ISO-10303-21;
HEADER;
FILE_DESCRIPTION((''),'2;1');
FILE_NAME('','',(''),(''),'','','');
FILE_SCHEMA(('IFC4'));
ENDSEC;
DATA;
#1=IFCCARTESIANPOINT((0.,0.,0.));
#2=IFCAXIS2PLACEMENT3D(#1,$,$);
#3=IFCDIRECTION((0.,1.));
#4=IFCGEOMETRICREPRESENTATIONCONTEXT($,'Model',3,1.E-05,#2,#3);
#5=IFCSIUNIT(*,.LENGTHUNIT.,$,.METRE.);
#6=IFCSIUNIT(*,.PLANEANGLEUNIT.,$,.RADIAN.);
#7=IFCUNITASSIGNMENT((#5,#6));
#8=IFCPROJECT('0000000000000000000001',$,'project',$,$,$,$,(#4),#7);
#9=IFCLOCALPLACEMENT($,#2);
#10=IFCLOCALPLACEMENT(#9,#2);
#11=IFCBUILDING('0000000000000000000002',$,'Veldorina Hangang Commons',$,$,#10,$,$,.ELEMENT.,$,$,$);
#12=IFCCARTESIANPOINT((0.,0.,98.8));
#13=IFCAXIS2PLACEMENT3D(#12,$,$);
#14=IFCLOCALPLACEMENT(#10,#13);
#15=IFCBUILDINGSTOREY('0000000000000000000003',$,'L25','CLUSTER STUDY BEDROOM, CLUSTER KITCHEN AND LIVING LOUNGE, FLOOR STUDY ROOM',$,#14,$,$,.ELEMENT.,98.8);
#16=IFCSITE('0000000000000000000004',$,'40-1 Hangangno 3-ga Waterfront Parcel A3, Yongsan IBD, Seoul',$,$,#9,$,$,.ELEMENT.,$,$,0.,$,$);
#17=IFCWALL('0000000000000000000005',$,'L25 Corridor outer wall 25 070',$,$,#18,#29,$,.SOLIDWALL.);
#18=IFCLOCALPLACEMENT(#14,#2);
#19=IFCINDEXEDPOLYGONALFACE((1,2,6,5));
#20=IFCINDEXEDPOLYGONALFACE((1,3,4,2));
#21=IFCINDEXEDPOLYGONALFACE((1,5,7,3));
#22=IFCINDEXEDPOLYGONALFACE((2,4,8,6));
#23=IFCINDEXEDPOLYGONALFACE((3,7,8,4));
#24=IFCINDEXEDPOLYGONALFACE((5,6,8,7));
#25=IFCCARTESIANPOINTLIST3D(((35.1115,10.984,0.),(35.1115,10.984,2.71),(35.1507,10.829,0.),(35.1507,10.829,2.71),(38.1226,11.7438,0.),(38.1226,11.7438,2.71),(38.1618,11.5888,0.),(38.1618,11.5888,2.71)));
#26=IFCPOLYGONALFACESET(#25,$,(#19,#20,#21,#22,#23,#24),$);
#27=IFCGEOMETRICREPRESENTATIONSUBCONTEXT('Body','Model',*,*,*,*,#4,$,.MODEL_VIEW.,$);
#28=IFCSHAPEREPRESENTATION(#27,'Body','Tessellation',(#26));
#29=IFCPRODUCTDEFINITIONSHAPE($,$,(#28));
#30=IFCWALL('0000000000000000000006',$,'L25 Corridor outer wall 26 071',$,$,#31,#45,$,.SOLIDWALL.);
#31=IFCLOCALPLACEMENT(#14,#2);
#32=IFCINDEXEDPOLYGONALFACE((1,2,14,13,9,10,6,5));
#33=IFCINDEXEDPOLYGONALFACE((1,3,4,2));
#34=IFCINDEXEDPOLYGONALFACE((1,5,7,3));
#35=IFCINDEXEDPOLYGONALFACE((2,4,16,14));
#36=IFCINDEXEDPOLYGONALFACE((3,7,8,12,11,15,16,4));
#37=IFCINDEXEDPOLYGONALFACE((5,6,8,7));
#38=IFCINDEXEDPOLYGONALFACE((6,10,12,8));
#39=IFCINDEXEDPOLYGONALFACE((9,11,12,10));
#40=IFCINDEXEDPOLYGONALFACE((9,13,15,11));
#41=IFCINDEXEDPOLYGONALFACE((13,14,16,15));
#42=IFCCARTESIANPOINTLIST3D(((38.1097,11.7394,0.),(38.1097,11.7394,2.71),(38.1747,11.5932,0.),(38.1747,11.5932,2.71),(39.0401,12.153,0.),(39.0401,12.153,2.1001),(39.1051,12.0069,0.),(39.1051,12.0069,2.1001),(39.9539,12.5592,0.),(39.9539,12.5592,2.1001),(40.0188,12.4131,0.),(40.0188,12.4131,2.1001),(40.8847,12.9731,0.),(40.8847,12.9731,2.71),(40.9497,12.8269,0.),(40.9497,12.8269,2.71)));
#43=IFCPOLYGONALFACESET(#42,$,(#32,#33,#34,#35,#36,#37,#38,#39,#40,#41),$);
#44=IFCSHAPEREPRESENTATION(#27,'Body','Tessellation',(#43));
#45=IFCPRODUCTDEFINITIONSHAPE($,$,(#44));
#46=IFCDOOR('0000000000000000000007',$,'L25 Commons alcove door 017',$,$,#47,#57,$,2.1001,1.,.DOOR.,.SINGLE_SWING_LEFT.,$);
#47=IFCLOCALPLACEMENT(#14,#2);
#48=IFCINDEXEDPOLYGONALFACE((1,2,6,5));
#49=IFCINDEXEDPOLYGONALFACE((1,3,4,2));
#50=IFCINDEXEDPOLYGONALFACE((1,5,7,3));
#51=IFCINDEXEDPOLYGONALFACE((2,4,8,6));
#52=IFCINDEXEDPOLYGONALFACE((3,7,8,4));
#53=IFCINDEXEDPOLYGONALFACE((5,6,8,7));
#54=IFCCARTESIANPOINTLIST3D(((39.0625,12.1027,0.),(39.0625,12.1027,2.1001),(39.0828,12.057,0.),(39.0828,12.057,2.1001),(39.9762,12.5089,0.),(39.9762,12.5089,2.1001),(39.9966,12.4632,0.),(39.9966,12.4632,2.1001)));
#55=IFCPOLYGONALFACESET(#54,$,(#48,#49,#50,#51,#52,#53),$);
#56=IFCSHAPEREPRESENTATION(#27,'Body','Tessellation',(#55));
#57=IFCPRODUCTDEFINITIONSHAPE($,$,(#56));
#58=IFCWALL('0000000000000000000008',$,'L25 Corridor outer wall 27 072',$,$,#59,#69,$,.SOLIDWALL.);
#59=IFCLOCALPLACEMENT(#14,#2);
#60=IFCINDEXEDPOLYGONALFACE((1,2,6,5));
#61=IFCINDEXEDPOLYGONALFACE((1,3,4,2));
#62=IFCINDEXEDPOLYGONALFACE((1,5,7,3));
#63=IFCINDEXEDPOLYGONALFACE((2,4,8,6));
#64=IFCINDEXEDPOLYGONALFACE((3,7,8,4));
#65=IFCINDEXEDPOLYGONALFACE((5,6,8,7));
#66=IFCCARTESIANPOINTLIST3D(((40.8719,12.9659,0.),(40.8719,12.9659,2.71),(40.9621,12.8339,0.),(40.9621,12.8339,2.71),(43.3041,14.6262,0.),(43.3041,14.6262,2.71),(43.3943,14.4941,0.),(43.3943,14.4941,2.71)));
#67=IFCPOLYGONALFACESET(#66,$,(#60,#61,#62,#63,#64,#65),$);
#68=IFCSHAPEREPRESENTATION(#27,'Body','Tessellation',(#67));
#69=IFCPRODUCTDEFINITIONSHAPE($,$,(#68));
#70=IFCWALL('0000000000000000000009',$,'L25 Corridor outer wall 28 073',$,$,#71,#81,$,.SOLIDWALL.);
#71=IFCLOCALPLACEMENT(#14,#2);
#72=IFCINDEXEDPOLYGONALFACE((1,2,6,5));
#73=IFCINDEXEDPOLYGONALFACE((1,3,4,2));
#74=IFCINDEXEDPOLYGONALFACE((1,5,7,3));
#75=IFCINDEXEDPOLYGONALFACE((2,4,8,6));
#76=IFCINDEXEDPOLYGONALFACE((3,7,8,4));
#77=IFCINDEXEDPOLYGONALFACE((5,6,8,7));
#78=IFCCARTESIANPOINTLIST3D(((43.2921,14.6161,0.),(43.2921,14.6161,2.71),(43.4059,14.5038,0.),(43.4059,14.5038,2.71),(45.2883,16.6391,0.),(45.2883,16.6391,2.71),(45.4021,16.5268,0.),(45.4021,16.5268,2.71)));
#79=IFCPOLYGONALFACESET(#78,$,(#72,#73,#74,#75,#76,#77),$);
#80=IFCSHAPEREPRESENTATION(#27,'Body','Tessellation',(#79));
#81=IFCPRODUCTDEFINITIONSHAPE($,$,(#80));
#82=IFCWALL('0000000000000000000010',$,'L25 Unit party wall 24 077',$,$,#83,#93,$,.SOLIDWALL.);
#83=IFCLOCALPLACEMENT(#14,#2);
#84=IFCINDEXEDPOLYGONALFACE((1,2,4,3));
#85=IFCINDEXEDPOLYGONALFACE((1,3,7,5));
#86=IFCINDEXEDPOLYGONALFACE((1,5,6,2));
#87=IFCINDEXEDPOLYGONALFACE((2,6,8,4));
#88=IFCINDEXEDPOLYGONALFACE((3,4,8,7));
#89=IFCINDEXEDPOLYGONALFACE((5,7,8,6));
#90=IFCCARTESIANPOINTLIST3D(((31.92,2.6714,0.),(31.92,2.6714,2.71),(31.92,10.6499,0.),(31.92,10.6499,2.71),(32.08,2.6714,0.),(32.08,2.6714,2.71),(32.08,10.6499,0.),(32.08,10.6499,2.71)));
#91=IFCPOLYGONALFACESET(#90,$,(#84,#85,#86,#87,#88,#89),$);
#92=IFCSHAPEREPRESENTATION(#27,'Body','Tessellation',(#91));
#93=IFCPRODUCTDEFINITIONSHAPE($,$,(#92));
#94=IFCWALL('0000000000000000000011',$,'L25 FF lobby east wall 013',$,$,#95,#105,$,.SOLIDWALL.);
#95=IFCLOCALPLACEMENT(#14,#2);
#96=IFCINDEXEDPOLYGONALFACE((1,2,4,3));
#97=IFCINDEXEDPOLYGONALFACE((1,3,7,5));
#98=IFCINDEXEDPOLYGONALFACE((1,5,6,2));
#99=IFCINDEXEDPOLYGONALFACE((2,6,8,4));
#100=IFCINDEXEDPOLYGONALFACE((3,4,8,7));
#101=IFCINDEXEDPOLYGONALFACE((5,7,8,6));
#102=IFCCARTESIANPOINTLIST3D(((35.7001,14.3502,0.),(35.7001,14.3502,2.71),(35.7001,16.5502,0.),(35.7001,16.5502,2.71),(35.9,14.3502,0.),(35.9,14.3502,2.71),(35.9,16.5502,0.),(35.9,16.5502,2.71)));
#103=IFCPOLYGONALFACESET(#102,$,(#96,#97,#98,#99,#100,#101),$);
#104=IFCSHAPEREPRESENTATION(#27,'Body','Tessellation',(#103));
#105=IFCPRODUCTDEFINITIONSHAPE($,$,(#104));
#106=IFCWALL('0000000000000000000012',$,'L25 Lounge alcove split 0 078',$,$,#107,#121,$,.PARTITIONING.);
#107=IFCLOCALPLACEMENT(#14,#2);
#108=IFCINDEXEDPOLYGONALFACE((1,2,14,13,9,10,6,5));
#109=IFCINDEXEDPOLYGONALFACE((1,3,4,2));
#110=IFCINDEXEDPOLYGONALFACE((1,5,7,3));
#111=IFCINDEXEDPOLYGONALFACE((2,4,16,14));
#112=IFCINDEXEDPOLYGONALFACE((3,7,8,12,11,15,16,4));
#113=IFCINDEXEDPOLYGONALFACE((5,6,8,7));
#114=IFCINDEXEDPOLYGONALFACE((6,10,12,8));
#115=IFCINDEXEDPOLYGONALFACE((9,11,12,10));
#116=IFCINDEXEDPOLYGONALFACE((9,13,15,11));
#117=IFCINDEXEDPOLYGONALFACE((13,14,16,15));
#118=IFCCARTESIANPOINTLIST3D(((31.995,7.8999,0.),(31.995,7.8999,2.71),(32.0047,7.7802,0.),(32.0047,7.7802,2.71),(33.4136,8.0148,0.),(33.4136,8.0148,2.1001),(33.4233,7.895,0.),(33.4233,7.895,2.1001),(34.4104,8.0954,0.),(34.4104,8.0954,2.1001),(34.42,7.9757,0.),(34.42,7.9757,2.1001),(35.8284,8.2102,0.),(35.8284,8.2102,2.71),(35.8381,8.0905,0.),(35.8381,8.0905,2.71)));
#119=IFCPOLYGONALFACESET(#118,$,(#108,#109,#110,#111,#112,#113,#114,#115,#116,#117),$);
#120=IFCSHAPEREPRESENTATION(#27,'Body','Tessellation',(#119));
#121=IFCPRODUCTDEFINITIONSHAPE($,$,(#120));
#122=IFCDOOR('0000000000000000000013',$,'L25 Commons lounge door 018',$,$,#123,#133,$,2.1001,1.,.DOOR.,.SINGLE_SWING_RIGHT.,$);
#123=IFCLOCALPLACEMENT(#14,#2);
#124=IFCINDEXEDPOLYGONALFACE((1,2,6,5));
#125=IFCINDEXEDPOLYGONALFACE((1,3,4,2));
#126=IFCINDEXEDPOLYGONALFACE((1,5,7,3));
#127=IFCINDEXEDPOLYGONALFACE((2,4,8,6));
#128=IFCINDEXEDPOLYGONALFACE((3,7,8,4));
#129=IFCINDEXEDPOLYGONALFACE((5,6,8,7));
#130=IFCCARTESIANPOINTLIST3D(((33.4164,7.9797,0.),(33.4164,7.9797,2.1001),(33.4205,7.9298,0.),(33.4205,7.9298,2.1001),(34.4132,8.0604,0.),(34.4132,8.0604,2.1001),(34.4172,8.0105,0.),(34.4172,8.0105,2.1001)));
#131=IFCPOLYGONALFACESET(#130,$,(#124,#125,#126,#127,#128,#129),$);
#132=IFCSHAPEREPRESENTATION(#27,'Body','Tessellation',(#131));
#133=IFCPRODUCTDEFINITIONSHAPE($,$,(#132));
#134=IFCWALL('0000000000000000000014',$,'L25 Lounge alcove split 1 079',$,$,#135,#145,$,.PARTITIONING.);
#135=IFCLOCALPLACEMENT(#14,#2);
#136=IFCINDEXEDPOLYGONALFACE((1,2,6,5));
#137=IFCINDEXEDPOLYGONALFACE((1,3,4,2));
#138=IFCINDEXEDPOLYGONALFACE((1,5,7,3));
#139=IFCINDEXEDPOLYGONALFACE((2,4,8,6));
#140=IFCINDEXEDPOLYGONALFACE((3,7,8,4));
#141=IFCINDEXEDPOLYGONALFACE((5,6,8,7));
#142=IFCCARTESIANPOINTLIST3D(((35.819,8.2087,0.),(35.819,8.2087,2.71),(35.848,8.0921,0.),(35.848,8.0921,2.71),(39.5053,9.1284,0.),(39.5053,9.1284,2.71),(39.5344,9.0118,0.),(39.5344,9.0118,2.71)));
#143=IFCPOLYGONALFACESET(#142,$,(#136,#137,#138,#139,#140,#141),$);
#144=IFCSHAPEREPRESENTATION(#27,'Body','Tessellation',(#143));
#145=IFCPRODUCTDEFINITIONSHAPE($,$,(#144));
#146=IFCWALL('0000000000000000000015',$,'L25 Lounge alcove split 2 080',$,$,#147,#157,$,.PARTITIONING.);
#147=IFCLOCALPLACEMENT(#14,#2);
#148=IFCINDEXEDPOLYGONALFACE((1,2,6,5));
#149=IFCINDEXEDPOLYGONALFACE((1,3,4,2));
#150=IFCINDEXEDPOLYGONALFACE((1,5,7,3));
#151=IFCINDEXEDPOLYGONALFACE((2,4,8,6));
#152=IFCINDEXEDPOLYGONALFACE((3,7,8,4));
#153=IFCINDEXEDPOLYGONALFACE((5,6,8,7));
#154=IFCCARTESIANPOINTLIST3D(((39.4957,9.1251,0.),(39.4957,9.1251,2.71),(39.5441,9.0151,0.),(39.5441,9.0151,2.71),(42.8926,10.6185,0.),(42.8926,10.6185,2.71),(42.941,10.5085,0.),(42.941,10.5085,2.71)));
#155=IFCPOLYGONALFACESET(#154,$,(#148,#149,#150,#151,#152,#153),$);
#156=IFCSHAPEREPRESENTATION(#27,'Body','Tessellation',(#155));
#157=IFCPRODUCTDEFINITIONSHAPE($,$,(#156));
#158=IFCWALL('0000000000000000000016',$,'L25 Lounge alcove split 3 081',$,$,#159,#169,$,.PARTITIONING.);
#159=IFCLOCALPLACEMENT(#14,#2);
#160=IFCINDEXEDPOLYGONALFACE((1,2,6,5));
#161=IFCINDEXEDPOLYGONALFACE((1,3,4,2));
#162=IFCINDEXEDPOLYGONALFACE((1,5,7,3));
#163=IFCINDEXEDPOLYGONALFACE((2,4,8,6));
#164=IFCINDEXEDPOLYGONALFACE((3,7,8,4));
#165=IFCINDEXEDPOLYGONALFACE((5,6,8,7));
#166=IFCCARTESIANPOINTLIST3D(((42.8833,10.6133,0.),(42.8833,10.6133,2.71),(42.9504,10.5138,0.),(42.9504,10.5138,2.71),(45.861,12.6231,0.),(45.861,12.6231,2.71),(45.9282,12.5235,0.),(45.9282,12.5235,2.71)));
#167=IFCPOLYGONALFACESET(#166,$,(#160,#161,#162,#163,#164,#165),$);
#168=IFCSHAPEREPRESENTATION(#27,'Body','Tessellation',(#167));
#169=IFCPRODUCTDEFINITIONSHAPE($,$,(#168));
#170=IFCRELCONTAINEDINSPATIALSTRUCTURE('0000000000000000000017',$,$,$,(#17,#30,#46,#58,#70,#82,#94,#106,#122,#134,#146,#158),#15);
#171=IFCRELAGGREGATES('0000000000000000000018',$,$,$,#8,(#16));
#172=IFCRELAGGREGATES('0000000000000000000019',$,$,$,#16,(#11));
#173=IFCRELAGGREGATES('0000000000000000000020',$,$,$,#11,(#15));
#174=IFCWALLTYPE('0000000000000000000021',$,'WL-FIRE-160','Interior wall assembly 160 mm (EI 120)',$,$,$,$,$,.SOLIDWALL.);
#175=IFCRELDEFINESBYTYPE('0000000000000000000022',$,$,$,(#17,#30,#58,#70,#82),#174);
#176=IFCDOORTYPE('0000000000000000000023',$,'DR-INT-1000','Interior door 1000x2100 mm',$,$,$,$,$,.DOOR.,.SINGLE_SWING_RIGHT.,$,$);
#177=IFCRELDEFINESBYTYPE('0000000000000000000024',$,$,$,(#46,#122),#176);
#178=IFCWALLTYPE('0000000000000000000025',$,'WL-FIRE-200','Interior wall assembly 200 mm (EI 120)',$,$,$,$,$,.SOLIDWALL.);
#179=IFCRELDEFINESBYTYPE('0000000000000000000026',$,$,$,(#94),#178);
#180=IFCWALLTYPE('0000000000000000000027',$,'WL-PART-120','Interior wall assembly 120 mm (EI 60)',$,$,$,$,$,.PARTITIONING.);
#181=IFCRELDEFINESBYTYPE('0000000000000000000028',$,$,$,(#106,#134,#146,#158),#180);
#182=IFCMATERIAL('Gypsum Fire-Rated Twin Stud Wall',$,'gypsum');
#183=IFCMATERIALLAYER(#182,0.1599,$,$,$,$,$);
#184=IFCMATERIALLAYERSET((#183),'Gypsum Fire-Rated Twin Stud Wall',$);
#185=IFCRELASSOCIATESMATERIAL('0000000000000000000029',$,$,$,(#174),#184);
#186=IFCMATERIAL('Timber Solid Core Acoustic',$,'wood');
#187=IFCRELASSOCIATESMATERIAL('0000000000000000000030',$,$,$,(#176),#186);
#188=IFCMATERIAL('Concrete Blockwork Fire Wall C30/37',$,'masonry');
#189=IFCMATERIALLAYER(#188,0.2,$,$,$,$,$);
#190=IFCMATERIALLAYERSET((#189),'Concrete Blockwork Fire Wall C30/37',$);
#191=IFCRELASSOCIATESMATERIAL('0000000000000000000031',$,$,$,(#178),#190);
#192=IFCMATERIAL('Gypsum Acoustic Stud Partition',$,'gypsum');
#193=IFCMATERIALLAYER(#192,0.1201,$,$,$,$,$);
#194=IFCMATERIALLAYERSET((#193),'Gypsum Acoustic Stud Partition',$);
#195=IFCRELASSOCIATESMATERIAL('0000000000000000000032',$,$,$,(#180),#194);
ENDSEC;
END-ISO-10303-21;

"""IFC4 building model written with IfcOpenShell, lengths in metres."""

from ifc_helpers import new_model, si_unit, direction, frame, frame_2d, origin, place, context, subcontext, project, spatial, rectangle, extrude, material, layer, layer_set, type_object, element, fill, save


model = new_model("IFC4")

# Units and contexts
model_context = context("Model", 3, precision=1e-05, world=origin(), true_north=direction((0.0, 1.0)))
body_context = subcontext(model_context, "Body", "Model", "MODEL_VIEW")
ifc_project = project(units=[si_unit("LENGTHUNIT", "METRE"), si_unit("PLANEANGLEUNIT", "RADIAN")], contexts=[model_context])

# Site, building, storey
site_placement = place(None, origin())
site = spatial("IfcSite", under=ifc_project, at=site_placement, Name="40-1 Hangangno 3-ga Waterfront Parcel A3, Yongsan IBD, Seoul", CompositionType="ELEMENT", RefElevation=0.0)
building_placement = place(site_placement, origin())
building = spatial("IfcBuilding", under=site, at=building_placement, Name="Veldorina Hangang Commons", CompositionType="ELEMENT")
storey_placement = place(building_placement, frame((0.0, 0.0, 98.8)))
storey = spatial("IfcBuildingStorey", under=building, at=storey_placement, Name="L25", Description="CLUSTER STUDY BEDROOM, CLUSTER KITCHEN AND LIVING LOUNGE, FLOOR STUDY ROOM", CompositionType="ELEMENT", Elevation=98.8)

# Wall
ifc_material_1 = material(Name="Gypsum Fire-Rated Twin Stud Wall", Category="gypsum")
ifc_layer_1 = layer(ifc_material_1, 0.1599)
ifc_layer_set_1 = layer_set([ifc_layer_1], Name="Gypsum Fire-Rated Twin Stud Wall")
wall_type_1 = type_object("IfcWallType", Name="WL-FIRE-160", Description="Interior wall assembly 160 mm (EI 120)", PredefinedType="SOLIDWALL", material=ifc_layer_set_1)
wall_1_placement = place(storey_placement, frame((35.1311, 10.9065, 0.0), z_axis=(0.0, 0.0, 1.0), x_axis=(0.969608, 0.244662, 0.0)))
element("IfcWall", 1, at=wall_1_placement, inside=storey, type_object=wall_type_1, Name="L25 Corridor outer wall 25 070", PredefinedType="SOLIDWALL", context=body_context, shape_type="SweptSolid", body=[
    extrude(rectangle(XDim=3.1055, YDim=0.1599, at=frame_2d((1.5527, 0.0))), origin(), (0.0, 0.0, 1.0), 2.71),
])

# Wall, opening, door
wall_2_placement = place(storey_placement, frame((38.1421, 11.6663, 0.0), z_axis=(0.0, 0.0, 1.0), x_axis=(0.913768, 0.406235, 0.0)))
wall_2 = element("IfcWall", 2, at=wall_2_placement, inside=storey, type_object=wall_type_1, Name="L25 Corridor outer wall 26 071", PredefinedType="SOLIDWALL", context=body_context, shape_type="SweptSolid", body=[
    extrude(rectangle(XDim=3.0369, YDim=0.1599, at=frame_2d((1.5186, 0.0))), origin(), (0.0, 0.0, 1.0), 2.71),
])
opening_1_placement = place(wall_2_placement, frame((1.0183, 0.0, 0.0)))
opening_1 = element("IfcOpeningElement", 3, at=opening_1_placement, cuts=wall_2, PredefinedType="OPENING", context=body_context, shape_type="SweptSolid", body=[
    extrude(rectangle(XDim=1.0, YDim=2.1001, at=frame_2d((0.5, 1.05))), frame((0.0, 0.0898, 0.0), z_axis=(0.0, -1.0, 0.0), x_axis=(1.0, 0.0, 0.0)), (0.0, 0.0, 1.0), 0.1799),
])
ifc_material_2 = material(Name="Timber Solid Core Acoustic", Category="wood")
door_type_1 = type_object("IfcDoorType", Name="DR-INT-1000", Description="Interior door 1000x2100 mm", OperationType="SINGLE_SWING_RIGHT", PredefinedType="DOOR", material=ifc_material_2)
door_1_placement = place(opening_1_placement, origin())
door_1 = element("IfcDoor", 4, at=door_1_placement, inside=storey, type_object=door_type_1, Name="L25 Commons alcove door 017", OperationType="SINGLE_SWING_LEFT", OverallHeight=2.1001, OverallWidth=1.0, PredefinedType="DOOR", context=body_context, shape_type="SweptSolid", body=[
    extrude(rectangle(XDim=1.0, YDim=2.1001, at=frame_2d((0.5, 1.05))), frame((0.0, 0.0249, 0.0), z_axis=(0.0, -1.0, 0.0), x_axis=(1.0, 0.0, 0.0)), (0.0, 0.0, 1.0), 0.05),
])
fill(opening_1, door_1)

# Walls
wall_3_placement = place(storey_placement, frame((40.917, 12.8999, 0.0), z_axis=(0.0, 0.0, 1.0), x_axis=(0.825929, 0.563774, 0.0)))
element("IfcWall", 5, at=wall_3_placement, inside=storey, type_object=wall_type_1, Name="L25 Corridor outer wall 27 072", PredefinedType="SOLIDWALL", context=body_context, shape_type="SweptSolid", body=[
    extrude(rectangle(XDim=2.9448, YDim=0.1599, at=frame_2d((1.4724, 0.0))), origin(), (0.0, 0.0, 1.0), 2.71),
])
wall_4_placement = place(storey_placement, frame((43.3491, 14.5601, 0.0), z_axis=(0.0, 0.0, 1.0), x_axis=(0.702366, 0.711816, 0.0)))
element("IfcWall", 6, at=wall_4_placement, inside=storey, type_object=wall_type_1, Name="L25 Corridor outer wall 28 073", PredefinedType="SOLIDWALL", context=body_context, shape_type="SweptSolid", body=[
    extrude(rectangle(XDim=2.842, YDim=0.1599, at=frame_2d((1.4209, 0.0))), origin(), (0.0, 0.0, 1.0), 2.71),
])
wall_5_placement = place(storey_placement, frame((32.0, 10.6499, 0.0), z_axis=(0.0, 0.0, 1.0), x_axis=(0.0, -1.0, 0.0)))
element("IfcWall", 7, at=wall_5_placement, inside=storey, type_object=wall_type_1, Name="L25 Unit party wall 24 077", PredefinedType="SOLIDWALL", context=body_context, shape_type="SweptSolid", body=[
    extrude(rectangle(XDim=7.9785, YDim=0.1599, at=frame_2d((3.9893, 0.0))), origin(), (0.0, 0.0, 1.0), 2.71),
])
ifc_material_3 = material(Name="Concrete Blockwork Fire Wall C30/37", Category="masonry")
ifc_layer_2 = layer(ifc_material_3, 0.2)
ifc_layer_set_2 = layer_set([ifc_layer_2], Name="Concrete Blockwork Fire Wall C30/37")
wall_type_2 = type_object("IfcWallType", Name="WL-FIRE-200", Description="Interior wall assembly 200 mm (EI 120)", PredefinedType="SOLIDWALL", material=ifc_layer_set_2)
wall_6_placement = place(storey_placement, frame((35.8, 14.3501, 0.0), z_axis=(0.0, 0.0, 1.0), x_axis=(0.0, 1.0, 0.0)))
element("IfcWall", 8, at=wall_6_placement, inside=storey, type_object=wall_type_2, Name="L25 FF lobby east wall 013", PredefinedType="SOLIDWALL", context=body_context, shape_type="SweptSolid", body=[
    extrude(rectangle(XDim=2.2, YDim=0.2, at=frame_2d((1.1001, 0.0))), origin(), (0.0, 0.0, 1.0), 2.71),
])

# Wall, opening, door
ifc_material_4 = material(Name="Gypsum Acoustic Stud Partition", Category="gypsum")
ifc_layer_3 = layer(ifc_material_4, 0.1201)
ifc_layer_set_3 = layer_set([ifc_layer_3], Name="Gypsum Acoustic Stud Partition")
wall_type_3 = type_object("IfcWallType", Name="WL-PART-120", Description="Interior wall assembly 120 mm (EI 60)", PredefinedType="PARTITIONING", material=ifc_layer_set_3)
wall_7_placement = place(storey_placement, frame((32.0, 7.8401, 0.0), z_axis=(0.0, 0.0, 1.0), x_axis=(0.99674, 0.080681, 0.0)))
wall_7 = element("IfcWall", 9, at=wall_7_placement, inside=storey, type_object=wall_type_3, Name="L25 Lounge alcove split 0 078", PredefinedType="PARTITIONING", context=body_context, shape_type="SweptSolid", body=[
    extrude(rectangle(XDim=3.8459, YDim=0.1201, at=frame_2d((1.9229, 0.0))), origin(), (0.0, 0.0, 1.0), 2.71),
])
opening_2_placement = place(wall_7_placement, frame((1.4231, 0.0, 0.0)))
opening_2 = element("IfcOpeningElement", 10, at=opening_2_placement, cuts=wall_7, PredefinedType="OPENING", context=body_context, shape_type="SweptSolid", body=[
    extrude(rectangle(XDim=1.0, YDim=2.1001, at=frame_2d((0.5, 1.05))), frame((0.0, 0.0701, 0.0), z_axis=(0.0, -1.0, 0.0), x_axis=(1.0, 0.0, 0.0)), (0.0, 0.0, 1.0), 0.1401),
])
door_2_placement = place(opening_2_placement, origin())
door_2 = element("IfcDoor", 11, at=door_2_placement, inside=storey, type_object=door_type_1, Name="L25 Commons lounge door 018", OperationType="SINGLE_SWING_RIGHT", OverallHeight=2.1001, OverallWidth=1.0, PredefinedType="DOOR", context=body_context, shape_type="SweptSolid", body=[
    extrude(rectangle(XDim=1.0, YDim=2.1001, at=frame_2d((0.5, 1.05))), frame((0.0, 0.0249, 0.0), z_axis=(0.0, -1.0, 0.0), x_axis=(1.0, 0.0, 0.0)), (0.0, 0.0, 1.0), 0.05),
])
fill(opening_2, door_2)

# Walls
wall_8_placement = place(storey_placement, frame((35.8335, 8.1504, 0.0), z_axis=(0.0, 0.0, 1.0), x_axis=(0.97026, 0.242067, 0.0)))
element("IfcWall", 12, at=wall_8_placement, inside=storey, type_object=wall_type_3, Name="L25 Lounge alcove split 1 079", PredefinedType="PARTITIONING", context=body_context, shape_type="SweptSolid", body=[
    extrude(rectangle(XDim=3.7993, YDim=0.1201, at=frame_2d((1.8997, 0.0))), origin(), (0.0, 0.0, 1.0), 2.71),
])
wall_9_placement = place(storey_placement, frame((39.5198, 9.0701, 0.0), z_axis=(0.0, 0.0, 1.0), x_axis=(0.91544, 0.402454, 0.0)))
element("IfcWall", 13, at=wall_9_placement, inside=storey, type_object=wall_type_3, Name="L25 Lounge alcove split 2 080", PredefinedType="PARTITIONING", context=body_context, shape_type="SweptSolid", body=[
    extrude(rectangle(XDim=3.7107, YDim=0.1201, at=frame_2d((1.8555, 0.0))), origin(), (0.0, 0.0, 1.0), 2.71),
])
wall_10_placement = place(storey_placement, frame((42.9167, 10.5635, 0.0), z_axis=(0.0, 0.0, 1.0), x_axis=(0.828879, 0.559427, 0.0)))
element("IfcWall", 14, at=wall_10_placement, inside=storey, type_object=wall_type_3, Name="L25 Lounge alcove split 3 081", PredefinedType="PARTITIONING", context=body_context, shape_type="SweptSolid", body=[
    extrude(rectangle(XDim=3.5925, YDim=0.1201, at=frame_2d((1.7964, 0.0))), origin(), (0.0, 0.0, 1.0), 2.71),
])

save(model, "model.ifc")
